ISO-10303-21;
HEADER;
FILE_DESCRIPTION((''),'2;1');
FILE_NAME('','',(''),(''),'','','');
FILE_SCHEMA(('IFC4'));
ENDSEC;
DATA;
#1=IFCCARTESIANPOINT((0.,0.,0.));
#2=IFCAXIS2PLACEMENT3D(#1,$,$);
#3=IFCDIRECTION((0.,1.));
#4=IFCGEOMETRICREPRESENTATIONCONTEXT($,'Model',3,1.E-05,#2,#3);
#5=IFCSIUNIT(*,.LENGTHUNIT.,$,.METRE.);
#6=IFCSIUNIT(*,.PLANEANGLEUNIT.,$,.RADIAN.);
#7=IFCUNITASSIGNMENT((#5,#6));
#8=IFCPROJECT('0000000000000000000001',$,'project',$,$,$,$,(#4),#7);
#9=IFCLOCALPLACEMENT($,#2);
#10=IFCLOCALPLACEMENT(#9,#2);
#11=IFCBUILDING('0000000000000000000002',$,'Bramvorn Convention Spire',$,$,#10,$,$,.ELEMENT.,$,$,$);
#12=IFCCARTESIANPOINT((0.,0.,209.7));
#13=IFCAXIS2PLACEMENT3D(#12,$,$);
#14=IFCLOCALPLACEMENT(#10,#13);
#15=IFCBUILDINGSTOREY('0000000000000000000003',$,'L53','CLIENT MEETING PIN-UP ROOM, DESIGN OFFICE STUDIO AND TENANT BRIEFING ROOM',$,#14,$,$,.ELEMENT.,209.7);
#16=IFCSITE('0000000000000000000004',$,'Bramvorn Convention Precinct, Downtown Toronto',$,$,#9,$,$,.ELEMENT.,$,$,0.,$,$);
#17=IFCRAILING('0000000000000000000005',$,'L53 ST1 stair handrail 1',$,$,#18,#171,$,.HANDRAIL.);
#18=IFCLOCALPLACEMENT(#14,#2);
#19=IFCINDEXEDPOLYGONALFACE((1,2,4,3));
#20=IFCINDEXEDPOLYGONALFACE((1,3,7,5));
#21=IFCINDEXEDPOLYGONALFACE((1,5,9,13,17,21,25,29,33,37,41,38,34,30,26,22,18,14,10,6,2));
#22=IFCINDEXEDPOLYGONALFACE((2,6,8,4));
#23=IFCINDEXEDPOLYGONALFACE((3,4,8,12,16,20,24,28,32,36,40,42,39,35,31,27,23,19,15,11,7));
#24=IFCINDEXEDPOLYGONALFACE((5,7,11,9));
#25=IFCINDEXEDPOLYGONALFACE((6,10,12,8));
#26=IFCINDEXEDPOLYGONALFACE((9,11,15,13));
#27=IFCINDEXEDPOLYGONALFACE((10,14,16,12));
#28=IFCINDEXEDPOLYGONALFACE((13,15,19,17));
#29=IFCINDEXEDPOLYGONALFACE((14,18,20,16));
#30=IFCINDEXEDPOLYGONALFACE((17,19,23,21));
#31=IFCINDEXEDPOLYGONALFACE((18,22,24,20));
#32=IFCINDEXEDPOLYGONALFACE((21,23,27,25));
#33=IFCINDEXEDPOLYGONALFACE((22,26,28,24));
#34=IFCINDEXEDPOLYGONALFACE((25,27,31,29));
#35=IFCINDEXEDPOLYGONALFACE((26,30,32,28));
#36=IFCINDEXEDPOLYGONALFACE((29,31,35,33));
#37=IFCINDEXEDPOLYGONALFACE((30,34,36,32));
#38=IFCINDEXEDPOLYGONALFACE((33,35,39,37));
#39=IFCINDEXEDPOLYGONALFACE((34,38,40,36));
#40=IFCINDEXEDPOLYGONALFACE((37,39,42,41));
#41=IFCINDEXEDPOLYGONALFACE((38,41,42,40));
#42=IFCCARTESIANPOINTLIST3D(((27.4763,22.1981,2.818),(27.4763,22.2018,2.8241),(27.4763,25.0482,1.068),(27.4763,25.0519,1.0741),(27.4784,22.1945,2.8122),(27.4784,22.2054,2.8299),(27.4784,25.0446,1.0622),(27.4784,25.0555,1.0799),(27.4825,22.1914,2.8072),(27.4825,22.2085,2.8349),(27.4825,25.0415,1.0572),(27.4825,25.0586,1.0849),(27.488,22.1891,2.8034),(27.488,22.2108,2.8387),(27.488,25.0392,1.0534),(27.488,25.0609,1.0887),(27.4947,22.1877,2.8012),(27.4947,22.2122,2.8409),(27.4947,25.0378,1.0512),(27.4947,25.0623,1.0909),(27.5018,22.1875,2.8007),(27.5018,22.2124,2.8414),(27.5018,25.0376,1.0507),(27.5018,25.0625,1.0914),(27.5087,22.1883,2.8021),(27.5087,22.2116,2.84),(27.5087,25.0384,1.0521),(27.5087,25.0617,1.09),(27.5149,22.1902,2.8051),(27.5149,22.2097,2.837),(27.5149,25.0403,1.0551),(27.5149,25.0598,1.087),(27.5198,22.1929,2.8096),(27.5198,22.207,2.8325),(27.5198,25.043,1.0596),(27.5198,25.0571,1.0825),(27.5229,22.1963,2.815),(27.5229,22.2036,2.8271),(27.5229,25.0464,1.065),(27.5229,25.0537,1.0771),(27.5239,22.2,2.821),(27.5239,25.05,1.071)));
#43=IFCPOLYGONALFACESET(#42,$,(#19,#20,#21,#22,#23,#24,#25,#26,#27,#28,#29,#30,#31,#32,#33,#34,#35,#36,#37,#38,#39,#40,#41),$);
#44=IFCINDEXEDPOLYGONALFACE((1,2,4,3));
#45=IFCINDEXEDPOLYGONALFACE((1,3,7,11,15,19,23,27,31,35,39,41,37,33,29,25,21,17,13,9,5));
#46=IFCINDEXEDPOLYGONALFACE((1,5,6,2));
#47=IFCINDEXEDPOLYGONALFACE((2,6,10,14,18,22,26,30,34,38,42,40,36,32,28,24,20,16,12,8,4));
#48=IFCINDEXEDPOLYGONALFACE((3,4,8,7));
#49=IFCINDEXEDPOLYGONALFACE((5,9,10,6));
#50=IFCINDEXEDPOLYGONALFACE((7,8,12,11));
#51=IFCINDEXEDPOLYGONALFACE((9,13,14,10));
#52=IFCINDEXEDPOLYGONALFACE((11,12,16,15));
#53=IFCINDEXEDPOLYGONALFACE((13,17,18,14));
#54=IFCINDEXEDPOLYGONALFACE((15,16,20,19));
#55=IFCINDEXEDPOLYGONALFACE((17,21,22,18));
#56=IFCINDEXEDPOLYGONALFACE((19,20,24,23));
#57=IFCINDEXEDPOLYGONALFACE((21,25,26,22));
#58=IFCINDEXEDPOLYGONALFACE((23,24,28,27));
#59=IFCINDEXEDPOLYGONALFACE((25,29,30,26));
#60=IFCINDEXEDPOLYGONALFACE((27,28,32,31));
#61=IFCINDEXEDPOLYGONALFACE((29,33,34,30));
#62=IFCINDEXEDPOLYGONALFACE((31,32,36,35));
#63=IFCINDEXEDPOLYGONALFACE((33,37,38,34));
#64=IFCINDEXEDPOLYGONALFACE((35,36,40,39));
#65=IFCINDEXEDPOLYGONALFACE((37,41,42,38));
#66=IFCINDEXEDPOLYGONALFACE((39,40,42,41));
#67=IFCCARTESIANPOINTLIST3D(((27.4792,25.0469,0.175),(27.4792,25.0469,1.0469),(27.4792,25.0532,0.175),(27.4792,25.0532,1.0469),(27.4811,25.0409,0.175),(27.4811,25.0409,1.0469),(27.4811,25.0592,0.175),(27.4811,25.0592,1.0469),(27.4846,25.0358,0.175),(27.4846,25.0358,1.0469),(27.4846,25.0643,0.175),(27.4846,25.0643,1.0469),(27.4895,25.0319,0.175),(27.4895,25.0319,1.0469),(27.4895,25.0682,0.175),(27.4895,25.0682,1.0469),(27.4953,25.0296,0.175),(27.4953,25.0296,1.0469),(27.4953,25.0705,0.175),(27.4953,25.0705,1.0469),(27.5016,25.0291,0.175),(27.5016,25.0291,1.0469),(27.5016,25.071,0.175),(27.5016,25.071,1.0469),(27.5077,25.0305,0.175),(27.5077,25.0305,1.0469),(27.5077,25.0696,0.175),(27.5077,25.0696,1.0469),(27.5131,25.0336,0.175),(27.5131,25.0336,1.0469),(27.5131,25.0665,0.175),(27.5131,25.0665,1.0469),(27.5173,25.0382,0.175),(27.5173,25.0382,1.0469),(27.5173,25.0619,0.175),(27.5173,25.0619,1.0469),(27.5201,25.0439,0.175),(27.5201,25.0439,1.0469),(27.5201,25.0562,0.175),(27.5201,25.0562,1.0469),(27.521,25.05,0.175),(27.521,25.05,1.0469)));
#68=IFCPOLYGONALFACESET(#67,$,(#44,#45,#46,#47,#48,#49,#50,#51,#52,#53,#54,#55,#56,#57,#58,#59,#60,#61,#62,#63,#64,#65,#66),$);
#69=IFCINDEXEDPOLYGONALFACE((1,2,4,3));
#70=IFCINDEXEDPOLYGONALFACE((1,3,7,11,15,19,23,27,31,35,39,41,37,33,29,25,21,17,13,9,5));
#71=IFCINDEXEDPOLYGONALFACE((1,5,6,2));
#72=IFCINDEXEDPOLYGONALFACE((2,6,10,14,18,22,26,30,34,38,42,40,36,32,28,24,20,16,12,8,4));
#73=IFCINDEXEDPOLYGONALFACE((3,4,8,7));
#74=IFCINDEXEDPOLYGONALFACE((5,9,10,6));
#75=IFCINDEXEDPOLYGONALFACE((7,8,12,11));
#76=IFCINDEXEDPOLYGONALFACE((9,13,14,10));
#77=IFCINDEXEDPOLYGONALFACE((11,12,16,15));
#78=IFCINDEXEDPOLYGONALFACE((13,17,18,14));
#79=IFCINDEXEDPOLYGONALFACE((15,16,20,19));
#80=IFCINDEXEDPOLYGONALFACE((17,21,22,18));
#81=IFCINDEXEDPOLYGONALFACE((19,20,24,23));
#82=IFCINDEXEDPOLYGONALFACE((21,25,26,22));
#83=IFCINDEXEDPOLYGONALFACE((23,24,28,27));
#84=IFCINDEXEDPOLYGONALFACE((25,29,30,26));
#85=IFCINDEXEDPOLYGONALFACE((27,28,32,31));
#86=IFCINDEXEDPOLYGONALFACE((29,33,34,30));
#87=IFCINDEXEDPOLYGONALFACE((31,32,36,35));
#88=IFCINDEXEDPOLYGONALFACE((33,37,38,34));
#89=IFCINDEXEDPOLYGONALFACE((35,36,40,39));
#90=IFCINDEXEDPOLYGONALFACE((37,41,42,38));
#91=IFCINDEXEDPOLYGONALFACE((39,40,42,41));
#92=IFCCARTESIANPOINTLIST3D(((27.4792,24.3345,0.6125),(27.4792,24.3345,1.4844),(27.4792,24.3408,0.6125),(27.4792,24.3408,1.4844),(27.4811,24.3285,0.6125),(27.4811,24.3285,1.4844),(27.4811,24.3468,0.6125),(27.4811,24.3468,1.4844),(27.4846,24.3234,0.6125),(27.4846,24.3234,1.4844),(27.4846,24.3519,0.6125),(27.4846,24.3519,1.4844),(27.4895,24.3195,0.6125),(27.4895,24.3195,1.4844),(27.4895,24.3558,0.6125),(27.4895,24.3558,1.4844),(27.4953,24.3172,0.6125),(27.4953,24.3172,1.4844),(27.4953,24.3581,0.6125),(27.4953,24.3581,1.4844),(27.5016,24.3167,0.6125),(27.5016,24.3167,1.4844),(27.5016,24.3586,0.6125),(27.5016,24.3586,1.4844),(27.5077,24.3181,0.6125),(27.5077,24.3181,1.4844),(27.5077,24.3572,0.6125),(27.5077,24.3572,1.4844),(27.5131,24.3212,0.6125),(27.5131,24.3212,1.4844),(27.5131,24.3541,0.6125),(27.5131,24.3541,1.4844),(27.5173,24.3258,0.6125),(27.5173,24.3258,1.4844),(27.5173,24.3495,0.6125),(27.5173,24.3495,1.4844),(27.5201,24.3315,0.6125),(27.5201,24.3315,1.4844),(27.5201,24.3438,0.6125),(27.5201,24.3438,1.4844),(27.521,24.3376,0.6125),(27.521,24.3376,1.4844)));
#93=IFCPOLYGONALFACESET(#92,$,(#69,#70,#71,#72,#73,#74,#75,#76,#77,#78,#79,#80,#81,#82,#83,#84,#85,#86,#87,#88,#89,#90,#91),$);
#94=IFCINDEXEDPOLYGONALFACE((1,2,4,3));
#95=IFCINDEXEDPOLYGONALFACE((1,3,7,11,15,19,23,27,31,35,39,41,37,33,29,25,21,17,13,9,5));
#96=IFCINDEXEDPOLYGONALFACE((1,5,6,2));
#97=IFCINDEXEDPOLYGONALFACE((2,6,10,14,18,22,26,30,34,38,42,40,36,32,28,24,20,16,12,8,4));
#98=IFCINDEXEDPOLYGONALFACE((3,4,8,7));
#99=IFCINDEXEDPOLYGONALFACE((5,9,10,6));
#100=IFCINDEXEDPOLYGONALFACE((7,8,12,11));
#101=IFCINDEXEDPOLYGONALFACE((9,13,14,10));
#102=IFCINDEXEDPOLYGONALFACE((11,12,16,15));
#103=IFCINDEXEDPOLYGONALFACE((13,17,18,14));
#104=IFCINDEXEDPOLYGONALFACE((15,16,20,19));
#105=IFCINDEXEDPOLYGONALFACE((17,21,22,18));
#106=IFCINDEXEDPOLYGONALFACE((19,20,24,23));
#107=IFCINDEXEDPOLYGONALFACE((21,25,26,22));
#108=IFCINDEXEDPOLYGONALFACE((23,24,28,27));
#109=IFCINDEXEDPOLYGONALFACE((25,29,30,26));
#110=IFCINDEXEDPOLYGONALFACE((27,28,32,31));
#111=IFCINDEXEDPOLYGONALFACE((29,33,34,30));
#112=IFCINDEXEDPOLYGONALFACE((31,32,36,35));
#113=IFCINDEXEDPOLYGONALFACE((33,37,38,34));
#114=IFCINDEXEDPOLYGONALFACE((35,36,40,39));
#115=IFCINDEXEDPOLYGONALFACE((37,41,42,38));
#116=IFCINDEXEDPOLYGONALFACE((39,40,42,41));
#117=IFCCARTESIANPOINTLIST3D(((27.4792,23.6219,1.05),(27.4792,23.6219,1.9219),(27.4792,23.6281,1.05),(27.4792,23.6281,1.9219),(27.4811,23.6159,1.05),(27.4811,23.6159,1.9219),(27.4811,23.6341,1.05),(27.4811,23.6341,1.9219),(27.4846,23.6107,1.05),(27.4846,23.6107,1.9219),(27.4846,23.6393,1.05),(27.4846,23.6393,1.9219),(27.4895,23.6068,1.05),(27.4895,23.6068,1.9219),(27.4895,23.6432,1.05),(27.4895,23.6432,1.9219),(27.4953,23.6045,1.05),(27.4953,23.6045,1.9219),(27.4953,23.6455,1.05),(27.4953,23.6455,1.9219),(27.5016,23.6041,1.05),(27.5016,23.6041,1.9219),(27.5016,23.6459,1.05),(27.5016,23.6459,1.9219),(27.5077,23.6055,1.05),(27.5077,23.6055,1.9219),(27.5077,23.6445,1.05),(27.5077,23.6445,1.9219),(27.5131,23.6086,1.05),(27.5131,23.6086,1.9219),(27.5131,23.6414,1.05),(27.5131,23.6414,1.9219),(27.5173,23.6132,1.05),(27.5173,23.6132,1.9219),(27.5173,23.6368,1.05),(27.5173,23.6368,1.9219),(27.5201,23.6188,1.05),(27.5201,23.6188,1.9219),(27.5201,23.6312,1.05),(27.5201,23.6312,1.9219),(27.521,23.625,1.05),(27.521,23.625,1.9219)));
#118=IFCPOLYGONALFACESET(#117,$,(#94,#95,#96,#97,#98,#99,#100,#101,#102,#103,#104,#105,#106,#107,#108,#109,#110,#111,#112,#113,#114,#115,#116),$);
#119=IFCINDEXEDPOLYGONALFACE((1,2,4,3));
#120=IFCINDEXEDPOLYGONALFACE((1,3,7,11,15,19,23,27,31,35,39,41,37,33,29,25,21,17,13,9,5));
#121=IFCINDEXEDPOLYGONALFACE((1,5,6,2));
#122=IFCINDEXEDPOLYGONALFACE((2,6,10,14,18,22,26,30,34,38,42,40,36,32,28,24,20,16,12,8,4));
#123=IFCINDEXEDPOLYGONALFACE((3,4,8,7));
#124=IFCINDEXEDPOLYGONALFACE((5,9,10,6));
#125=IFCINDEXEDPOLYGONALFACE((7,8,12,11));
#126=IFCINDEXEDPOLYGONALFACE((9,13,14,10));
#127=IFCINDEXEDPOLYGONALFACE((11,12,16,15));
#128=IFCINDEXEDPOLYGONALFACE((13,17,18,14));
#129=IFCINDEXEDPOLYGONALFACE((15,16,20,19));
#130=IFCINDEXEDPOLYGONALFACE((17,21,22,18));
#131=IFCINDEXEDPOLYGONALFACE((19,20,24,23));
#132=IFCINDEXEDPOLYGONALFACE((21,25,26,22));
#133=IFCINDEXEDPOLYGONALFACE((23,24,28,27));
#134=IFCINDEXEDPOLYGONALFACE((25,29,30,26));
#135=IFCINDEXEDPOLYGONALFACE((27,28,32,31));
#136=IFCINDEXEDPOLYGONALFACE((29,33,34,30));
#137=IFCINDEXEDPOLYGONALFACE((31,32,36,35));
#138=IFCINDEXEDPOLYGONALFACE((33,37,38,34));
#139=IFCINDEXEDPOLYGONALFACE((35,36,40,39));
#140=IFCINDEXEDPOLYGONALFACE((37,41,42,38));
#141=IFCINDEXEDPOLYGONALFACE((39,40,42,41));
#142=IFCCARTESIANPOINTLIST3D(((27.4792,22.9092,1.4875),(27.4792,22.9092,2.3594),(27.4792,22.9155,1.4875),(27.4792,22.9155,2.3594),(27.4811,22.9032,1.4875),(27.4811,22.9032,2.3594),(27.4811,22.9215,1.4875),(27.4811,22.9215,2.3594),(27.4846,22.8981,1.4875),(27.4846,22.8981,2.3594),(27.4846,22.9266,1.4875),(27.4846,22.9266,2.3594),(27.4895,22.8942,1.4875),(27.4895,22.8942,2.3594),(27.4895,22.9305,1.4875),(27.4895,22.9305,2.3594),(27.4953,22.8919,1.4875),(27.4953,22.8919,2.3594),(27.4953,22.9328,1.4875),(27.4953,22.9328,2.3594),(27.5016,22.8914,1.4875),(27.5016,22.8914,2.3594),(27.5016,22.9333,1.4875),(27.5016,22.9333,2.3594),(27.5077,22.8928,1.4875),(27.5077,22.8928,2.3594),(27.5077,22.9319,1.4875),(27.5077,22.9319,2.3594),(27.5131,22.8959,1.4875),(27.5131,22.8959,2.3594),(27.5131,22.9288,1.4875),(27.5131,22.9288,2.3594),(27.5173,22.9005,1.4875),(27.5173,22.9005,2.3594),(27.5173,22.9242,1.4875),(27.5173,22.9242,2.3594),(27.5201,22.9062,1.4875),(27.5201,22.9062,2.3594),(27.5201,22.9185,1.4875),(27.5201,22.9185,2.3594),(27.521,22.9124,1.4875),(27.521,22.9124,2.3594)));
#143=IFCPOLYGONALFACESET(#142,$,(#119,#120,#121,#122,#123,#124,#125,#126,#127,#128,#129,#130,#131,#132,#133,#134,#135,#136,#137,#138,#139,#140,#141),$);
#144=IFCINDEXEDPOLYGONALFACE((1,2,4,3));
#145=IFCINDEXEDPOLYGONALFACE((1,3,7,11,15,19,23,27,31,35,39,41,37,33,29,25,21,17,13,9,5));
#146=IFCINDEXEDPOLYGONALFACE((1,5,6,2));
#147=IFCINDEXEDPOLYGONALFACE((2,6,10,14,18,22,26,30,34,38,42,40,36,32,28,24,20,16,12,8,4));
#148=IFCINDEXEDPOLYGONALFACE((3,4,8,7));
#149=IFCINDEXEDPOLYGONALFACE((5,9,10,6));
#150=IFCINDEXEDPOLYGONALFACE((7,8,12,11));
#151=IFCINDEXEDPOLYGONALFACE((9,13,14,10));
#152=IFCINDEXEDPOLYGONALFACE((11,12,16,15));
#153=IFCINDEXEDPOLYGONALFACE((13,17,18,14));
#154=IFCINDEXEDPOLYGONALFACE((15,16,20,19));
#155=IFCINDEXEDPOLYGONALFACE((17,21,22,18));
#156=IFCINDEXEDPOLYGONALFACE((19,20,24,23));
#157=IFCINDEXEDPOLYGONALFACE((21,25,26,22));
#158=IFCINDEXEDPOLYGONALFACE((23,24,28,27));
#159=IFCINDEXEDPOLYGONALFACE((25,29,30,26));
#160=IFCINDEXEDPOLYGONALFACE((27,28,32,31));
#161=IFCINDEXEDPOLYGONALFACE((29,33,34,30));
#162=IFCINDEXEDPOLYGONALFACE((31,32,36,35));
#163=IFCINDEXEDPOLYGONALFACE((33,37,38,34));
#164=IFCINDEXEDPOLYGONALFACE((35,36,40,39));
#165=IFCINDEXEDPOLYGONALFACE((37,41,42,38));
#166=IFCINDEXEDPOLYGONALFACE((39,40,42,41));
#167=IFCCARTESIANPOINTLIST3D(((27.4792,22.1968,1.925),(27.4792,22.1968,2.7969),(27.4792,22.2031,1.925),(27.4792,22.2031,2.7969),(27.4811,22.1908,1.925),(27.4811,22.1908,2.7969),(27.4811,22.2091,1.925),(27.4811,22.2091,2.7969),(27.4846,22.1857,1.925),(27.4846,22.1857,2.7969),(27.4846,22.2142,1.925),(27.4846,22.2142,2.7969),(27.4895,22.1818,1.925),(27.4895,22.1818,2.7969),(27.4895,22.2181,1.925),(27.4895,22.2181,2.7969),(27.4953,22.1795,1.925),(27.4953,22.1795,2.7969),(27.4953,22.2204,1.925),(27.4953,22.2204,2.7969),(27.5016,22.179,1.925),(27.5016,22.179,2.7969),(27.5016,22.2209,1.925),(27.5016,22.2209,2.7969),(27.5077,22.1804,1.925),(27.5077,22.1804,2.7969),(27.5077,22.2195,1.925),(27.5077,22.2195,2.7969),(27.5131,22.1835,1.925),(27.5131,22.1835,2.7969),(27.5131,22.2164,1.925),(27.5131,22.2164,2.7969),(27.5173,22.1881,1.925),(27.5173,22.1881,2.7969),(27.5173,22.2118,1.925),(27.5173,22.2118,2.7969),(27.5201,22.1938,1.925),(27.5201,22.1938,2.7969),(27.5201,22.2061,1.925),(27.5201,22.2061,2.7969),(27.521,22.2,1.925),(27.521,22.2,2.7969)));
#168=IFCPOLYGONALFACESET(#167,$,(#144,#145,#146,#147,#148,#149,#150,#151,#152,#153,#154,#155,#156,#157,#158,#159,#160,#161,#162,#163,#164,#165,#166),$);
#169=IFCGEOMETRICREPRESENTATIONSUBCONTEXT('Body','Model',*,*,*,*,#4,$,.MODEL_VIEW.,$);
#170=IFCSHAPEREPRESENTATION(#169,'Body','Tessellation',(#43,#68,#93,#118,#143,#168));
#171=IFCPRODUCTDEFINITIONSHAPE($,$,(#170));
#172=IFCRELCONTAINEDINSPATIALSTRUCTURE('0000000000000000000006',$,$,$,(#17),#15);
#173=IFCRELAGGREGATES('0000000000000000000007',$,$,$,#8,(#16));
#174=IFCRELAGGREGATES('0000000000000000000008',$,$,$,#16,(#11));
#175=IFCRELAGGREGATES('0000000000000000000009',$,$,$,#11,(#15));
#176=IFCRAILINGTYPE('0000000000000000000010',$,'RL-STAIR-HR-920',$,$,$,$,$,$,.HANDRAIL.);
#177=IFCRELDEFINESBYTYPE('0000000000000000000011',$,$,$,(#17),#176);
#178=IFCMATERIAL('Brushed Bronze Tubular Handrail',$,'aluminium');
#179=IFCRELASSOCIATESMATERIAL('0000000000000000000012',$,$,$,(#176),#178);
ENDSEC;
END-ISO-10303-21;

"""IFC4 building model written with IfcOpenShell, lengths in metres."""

from ifc_helpers import new_model, si_unit, direction, frame, origin, origin_2d, place, context, subcontext, project, spatial, circle, extrude, material, type_object, element, save


model = new_model("IFC4")

# Units and contexts
model_context = context("Model", 3, precision=1e-05, world=origin(), true_north=direction((0.0, 1.0)))
body_context = subcontext(model_context, "Body", "Model", "MODEL_VIEW")
ifc_project = project(units=[si_unit("LENGTHUNIT", "METRE"), si_unit("PLANEANGLEUNIT", "RADIAN")], contexts=[model_context])

# Site, building, storey
site_placement = place(None, origin())
site = spatial("IfcSite", under=ifc_project, at=site_placement, Name="Bramvorn Convention Precinct, Downtown Toronto", CompositionType="ELEMENT", RefElevation=0.0)
building_placement = place(site_placement, origin())
building = spatial("IfcBuilding", under=site, at=building_placement, Name="Bramvorn Convention Spire", CompositionType="ELEMENT")
storey_placement = place(building_placement, frame((0.0, 0.0, 209.7)))
storey = spatial("IfcBuildingStorey", under=building, at=storey_placement, Name="L53", Description="CLIENT MEETING PIN-UP ROOM, DESIGN OFFICE STUDIO AND TENANT BRIEFING ROOM", CompositionType="ELEMENT", Elevation=209.7)

# Railing
ifc_material_1 = material(Name="Brushed Bronze Tubular Handrail", Category="aluminium")
railing_type_1 = type_object("IfcRailingType", Name="RL-STAIR-HR-920", PredefinedType="HANDRAIL", material=ifc_material_1)
railing_1_placement = place(storey_placement, frame((27.5, 25.05, 0.175)))
element("IfcRailing", 1, at=railing_1_placement, inside=storey, type_object=railing_type_1, Name="L53 ST1 stair handrail 1", PredefinedType="HANDRAIL", context=body_context, shape_type="SweptSolid", body=[
    extrude(circle(Radius=0.0239, at=origin_2d()), frame((0.0, 0.0, 0.896), z_axis=(0.0, -0.852179, 0.52325), x_axis=(1.0, 0.0, 0.0)), (0.0, 0.0, 1.0), 3.3445),
    extrude(circle(Radius=0.021, at=origin_2d()), origin(), (0.0, 0.0, 1.0), 0.8718),
    extrude(circle(Radius=0.021, at=origin_2d()), frame((0.0, -0.7124, 0.4375)), (0.0, 0.0, 1.0), 0.8718),
    extrude(circle(Radius=0.021, at=origin_2d()), frame((0.0, -1.425, 0.875)), (0.0, 0.0, 1.0), 0.8718),
    extrude(circle(Radius=0.021, at=origin_2d()), frame((0.0, -2.1377, 1.3125)), (0.0, 0.0, 1.0), 0.8718),
    extrude(circle(Radius=0.021, at=origin_2d()), frame((0.0, -2.8501, 1.75)), (0.0, 0.0, 1.0), 0.8718),
])

save(model, "model.ifc")
